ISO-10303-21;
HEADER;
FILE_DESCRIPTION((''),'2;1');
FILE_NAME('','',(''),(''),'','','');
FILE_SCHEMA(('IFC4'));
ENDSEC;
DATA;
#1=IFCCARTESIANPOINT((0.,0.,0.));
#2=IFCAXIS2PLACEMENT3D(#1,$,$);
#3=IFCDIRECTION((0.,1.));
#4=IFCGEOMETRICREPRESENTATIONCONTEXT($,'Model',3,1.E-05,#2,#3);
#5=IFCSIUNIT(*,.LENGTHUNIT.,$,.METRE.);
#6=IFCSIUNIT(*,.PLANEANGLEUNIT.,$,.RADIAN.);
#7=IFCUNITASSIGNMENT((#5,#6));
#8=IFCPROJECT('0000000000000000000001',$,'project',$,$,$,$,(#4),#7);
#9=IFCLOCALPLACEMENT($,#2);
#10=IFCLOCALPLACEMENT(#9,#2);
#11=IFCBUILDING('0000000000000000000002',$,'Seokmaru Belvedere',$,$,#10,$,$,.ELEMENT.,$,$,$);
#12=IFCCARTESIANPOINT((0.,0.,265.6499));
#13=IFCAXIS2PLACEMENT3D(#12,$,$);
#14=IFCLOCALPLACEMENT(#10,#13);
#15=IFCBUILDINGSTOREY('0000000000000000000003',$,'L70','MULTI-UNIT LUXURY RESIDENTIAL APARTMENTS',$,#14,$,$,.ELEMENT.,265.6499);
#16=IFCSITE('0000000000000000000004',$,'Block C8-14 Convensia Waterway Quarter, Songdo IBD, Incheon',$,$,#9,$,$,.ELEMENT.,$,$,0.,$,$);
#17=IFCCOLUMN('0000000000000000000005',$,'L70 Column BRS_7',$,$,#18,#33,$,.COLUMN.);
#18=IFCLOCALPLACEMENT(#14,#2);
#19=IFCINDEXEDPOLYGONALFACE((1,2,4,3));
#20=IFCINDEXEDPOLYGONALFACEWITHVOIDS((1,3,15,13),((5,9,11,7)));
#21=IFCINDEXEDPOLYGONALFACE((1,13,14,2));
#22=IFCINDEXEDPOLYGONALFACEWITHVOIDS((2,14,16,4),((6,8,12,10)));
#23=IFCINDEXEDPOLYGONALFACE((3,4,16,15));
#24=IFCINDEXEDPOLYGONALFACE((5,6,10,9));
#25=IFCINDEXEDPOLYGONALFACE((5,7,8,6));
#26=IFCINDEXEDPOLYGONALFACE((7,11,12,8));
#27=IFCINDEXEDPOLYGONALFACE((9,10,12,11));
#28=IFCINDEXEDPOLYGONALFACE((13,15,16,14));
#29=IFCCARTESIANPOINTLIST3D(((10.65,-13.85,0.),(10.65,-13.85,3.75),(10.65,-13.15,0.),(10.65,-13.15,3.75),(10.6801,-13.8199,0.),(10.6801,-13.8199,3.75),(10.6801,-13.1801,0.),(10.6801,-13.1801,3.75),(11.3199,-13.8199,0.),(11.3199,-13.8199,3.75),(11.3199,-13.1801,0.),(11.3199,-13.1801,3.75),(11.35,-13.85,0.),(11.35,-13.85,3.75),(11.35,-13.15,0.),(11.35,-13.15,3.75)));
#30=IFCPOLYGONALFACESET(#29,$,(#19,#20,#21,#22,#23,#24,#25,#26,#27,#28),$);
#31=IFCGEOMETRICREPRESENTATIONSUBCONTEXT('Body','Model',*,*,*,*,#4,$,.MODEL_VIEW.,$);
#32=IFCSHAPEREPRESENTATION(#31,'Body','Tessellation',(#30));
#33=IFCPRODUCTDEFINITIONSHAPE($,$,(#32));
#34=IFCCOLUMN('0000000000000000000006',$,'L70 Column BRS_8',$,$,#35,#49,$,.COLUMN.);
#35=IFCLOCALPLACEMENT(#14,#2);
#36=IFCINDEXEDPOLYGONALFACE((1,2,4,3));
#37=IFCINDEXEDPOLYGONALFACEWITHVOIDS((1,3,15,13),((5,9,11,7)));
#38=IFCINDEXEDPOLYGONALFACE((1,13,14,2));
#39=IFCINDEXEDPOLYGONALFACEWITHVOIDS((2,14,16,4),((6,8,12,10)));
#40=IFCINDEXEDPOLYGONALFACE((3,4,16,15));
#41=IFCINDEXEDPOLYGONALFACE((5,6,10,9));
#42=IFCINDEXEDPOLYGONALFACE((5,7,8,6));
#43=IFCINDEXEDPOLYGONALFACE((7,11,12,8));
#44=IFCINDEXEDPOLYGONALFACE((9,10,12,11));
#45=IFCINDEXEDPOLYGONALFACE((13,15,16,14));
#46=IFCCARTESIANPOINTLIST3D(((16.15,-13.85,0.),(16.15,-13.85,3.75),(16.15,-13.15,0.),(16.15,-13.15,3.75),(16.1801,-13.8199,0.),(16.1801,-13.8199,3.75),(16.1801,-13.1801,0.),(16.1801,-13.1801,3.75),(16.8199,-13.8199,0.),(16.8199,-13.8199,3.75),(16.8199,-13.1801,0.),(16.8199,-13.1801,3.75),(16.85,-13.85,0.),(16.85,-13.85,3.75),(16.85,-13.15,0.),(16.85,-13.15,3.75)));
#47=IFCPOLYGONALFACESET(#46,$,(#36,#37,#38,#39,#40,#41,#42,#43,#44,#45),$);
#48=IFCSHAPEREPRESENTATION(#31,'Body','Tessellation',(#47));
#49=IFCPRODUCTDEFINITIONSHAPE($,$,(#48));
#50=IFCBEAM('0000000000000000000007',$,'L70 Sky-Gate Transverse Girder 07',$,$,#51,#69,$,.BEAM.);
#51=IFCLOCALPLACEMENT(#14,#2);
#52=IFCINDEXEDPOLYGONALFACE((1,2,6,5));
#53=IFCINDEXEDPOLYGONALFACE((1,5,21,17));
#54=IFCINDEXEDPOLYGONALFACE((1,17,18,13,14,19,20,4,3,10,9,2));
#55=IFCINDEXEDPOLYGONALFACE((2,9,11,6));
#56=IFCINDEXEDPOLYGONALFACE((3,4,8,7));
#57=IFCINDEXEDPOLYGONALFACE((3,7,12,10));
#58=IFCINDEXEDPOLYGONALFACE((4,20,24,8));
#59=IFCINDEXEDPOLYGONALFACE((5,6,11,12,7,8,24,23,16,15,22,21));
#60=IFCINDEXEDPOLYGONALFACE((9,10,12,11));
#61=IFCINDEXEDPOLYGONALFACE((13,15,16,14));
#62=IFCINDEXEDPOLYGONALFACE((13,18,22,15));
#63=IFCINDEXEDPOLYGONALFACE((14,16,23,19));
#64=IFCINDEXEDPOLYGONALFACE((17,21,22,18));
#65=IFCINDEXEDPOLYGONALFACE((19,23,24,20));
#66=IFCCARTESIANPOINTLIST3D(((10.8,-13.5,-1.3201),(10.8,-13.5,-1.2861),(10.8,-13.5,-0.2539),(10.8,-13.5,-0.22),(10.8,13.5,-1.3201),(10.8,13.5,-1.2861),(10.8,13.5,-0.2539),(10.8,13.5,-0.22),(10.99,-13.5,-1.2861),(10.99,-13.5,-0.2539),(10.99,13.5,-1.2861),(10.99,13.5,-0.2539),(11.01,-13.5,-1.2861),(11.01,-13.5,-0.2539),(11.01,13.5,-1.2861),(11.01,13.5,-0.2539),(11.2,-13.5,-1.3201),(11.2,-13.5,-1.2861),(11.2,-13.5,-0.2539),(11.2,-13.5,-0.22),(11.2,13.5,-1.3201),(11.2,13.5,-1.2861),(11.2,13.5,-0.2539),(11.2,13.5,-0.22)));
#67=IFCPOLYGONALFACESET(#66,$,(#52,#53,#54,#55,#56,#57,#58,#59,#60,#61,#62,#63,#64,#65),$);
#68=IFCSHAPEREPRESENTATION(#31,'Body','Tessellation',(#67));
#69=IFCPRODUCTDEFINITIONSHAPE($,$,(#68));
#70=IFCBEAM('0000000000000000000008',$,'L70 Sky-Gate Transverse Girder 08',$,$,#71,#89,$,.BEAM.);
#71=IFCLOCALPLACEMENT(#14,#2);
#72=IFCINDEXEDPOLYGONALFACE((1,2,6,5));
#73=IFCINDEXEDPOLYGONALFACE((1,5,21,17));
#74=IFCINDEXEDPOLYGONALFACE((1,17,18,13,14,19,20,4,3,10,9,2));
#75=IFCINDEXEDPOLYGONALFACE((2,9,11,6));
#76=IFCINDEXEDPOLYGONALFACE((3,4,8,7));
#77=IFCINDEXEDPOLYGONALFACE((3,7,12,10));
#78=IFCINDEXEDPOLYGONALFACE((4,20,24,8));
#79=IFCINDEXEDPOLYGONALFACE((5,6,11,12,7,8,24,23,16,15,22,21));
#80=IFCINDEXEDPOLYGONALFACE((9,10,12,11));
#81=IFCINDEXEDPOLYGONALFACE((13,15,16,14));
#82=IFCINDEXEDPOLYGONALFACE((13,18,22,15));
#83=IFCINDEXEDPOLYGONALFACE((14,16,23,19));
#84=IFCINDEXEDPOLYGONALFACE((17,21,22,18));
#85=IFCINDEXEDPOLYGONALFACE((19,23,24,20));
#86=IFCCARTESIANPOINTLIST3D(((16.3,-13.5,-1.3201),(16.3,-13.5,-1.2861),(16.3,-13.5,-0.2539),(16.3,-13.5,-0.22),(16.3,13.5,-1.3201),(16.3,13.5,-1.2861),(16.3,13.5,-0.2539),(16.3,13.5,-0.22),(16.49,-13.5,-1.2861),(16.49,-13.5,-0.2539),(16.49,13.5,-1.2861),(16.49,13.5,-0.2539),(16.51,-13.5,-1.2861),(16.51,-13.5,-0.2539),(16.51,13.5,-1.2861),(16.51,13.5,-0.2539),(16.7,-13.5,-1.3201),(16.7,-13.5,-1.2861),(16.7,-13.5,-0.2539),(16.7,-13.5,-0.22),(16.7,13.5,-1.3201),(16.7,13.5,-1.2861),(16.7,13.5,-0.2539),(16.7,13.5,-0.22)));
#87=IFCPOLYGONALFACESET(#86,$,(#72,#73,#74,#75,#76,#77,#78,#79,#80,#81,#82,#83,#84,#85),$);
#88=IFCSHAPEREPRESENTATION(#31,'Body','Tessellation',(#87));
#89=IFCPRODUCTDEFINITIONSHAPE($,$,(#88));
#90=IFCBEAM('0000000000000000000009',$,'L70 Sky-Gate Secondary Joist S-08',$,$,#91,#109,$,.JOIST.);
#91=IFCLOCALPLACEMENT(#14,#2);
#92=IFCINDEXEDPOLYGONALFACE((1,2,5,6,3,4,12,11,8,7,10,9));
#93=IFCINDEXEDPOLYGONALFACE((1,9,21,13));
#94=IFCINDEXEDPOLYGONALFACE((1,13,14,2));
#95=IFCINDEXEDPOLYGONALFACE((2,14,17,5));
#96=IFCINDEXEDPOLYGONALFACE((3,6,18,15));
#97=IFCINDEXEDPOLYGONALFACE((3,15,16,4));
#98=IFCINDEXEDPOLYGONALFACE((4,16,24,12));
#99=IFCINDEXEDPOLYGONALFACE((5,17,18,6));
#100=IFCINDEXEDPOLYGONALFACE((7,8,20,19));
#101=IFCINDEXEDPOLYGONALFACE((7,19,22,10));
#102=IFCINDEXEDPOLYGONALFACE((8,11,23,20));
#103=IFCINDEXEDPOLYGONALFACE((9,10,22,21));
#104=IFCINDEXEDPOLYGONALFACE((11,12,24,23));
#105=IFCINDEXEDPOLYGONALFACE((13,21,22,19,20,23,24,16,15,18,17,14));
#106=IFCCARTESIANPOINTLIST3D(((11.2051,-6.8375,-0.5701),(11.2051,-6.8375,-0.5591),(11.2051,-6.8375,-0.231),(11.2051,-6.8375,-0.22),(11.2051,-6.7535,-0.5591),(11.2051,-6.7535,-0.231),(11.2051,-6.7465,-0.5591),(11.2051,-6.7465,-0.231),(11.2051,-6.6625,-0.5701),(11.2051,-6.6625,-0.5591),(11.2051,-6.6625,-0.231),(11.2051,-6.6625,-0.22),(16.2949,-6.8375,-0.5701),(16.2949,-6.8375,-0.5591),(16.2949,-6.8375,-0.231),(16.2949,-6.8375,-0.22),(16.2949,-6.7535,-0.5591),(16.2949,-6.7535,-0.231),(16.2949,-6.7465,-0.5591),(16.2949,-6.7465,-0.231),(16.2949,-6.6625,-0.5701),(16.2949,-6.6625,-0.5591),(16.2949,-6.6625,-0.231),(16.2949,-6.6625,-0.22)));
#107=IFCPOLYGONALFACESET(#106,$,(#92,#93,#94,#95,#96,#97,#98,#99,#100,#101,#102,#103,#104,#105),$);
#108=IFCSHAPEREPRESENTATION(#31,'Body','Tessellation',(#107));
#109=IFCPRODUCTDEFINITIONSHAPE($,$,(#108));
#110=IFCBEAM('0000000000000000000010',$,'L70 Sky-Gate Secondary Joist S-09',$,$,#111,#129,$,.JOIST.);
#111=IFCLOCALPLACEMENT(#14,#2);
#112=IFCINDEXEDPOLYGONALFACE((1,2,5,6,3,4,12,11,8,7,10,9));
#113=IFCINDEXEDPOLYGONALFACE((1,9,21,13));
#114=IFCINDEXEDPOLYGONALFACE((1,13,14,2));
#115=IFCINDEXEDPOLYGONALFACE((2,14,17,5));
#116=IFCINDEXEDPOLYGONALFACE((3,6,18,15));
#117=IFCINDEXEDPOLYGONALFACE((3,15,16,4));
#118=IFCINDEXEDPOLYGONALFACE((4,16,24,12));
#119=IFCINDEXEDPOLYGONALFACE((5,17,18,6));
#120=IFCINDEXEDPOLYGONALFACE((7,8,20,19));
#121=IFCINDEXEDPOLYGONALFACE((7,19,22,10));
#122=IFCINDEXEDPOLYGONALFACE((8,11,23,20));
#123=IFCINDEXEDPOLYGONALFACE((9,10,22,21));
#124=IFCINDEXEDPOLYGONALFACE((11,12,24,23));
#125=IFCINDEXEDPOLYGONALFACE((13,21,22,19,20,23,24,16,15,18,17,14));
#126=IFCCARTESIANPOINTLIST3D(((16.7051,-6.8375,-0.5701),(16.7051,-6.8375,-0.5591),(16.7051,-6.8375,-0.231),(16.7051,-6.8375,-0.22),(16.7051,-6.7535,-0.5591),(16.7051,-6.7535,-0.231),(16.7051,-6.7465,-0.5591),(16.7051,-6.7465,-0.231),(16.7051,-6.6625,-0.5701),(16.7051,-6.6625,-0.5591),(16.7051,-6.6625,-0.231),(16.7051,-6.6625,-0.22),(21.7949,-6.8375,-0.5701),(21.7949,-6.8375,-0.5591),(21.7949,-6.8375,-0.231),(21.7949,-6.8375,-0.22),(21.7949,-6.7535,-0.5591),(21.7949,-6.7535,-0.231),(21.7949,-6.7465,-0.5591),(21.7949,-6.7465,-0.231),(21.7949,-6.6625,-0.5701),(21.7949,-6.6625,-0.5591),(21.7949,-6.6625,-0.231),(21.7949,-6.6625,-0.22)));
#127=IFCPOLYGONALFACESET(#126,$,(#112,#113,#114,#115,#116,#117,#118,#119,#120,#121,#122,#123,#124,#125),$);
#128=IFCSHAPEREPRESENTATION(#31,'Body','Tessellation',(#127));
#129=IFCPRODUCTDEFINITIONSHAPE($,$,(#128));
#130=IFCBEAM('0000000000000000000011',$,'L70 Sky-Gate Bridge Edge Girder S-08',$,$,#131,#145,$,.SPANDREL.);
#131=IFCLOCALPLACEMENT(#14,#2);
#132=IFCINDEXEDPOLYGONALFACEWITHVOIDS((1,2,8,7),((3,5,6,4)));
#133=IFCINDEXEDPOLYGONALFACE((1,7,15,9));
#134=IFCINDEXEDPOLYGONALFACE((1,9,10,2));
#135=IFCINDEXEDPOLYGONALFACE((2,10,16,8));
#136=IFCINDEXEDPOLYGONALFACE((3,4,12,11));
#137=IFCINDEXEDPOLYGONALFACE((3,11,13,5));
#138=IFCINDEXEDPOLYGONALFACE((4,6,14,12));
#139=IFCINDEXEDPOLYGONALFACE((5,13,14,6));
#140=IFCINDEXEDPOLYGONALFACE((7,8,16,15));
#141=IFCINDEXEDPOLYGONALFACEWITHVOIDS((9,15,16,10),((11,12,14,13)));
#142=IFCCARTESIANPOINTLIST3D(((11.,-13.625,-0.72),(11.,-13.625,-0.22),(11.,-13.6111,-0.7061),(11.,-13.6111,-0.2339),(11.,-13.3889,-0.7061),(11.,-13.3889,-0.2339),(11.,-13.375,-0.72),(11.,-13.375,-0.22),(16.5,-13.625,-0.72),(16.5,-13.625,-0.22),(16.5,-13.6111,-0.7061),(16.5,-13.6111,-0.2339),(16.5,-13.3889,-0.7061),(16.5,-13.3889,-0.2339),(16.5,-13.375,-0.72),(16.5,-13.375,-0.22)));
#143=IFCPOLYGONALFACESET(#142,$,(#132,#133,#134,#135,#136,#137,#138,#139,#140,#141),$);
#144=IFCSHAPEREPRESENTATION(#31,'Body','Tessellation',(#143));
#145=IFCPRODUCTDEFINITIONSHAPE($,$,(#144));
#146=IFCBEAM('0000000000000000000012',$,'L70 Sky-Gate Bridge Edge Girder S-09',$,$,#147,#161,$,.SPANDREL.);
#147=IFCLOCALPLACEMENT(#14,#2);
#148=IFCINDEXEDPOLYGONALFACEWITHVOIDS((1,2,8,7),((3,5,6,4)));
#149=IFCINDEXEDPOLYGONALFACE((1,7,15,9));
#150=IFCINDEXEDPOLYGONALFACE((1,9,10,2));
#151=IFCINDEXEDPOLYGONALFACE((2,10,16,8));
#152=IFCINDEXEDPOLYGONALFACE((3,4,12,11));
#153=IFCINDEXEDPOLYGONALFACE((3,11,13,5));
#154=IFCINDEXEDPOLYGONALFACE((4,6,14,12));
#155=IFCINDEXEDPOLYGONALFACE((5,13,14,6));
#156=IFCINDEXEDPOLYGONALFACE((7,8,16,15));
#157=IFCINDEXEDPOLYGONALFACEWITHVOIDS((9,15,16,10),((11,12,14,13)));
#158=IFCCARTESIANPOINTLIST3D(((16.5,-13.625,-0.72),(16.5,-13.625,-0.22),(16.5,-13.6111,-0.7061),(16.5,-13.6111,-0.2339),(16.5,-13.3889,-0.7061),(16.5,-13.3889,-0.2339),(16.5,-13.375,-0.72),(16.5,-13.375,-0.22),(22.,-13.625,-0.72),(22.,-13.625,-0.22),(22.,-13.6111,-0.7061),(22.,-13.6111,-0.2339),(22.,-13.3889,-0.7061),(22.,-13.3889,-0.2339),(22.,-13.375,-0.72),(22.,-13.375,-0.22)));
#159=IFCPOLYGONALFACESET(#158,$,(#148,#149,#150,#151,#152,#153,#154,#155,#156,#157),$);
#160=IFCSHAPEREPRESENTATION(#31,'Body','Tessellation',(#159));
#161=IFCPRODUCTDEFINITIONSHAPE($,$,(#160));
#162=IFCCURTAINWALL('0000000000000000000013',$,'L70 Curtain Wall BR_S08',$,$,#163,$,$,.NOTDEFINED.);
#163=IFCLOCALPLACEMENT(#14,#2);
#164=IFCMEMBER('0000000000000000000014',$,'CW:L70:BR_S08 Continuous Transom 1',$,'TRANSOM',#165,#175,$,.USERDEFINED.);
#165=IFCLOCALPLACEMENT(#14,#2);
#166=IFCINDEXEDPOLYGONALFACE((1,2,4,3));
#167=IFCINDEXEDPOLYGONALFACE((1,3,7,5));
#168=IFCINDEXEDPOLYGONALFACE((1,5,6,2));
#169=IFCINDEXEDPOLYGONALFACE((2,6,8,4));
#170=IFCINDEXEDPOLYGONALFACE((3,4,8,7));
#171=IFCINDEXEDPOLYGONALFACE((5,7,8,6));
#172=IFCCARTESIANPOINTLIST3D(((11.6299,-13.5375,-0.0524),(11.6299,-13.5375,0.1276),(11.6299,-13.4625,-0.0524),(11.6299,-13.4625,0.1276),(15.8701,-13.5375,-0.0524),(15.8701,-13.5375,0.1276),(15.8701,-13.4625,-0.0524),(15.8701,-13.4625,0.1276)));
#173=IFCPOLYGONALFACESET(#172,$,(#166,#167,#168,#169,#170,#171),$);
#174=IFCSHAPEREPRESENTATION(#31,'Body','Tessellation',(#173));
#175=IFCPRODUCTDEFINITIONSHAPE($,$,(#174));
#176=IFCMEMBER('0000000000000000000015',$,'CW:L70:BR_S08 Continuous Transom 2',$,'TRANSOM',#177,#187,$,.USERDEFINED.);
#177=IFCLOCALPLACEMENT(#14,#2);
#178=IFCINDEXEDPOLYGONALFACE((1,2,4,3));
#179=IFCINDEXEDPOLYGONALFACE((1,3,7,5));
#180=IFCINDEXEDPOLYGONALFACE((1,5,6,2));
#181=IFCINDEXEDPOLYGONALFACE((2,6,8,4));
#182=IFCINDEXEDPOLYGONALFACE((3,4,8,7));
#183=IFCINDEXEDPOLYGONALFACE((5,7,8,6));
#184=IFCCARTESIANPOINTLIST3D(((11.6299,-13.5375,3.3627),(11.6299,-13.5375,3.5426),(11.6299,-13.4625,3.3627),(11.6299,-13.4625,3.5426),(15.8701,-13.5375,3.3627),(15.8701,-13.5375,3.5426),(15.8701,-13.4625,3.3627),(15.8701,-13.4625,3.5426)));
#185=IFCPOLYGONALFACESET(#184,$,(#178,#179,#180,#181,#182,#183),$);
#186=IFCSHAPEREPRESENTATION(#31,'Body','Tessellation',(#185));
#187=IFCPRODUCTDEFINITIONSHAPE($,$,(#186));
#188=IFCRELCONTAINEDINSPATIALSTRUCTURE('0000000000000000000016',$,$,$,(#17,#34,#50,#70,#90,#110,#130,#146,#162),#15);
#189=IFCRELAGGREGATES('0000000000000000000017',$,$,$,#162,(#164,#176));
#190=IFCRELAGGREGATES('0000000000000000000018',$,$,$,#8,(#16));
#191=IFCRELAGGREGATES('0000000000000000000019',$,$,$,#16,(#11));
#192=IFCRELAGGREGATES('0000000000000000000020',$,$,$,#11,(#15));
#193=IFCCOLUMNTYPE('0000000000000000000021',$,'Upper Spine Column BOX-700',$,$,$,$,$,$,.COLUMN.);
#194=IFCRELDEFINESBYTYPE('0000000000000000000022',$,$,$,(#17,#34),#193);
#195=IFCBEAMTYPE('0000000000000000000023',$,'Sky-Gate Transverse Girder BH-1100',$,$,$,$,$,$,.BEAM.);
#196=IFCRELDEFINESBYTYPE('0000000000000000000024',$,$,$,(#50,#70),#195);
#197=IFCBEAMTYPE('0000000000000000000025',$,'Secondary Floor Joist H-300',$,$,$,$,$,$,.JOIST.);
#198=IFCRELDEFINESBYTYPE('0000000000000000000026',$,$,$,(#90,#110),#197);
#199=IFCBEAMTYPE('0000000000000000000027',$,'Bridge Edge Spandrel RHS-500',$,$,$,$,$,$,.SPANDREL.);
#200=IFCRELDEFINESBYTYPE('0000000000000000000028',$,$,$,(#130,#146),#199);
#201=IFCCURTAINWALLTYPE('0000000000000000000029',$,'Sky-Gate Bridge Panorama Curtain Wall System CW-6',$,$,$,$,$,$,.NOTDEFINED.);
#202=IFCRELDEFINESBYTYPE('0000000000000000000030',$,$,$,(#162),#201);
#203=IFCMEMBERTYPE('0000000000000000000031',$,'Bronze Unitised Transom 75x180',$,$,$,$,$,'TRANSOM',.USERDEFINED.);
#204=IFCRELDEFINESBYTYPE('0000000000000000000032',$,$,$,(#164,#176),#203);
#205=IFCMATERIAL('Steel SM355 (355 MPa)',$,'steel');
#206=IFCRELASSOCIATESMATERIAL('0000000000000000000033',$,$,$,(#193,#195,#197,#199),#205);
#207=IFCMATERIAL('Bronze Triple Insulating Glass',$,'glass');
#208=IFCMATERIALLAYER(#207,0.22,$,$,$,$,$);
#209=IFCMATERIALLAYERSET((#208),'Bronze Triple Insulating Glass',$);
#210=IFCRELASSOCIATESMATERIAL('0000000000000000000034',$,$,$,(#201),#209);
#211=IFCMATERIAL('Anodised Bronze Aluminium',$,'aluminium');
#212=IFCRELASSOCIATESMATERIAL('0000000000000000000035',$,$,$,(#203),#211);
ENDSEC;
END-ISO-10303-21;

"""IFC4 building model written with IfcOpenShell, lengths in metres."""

from ifc_helpers import new_model, si_unit, direction, frame, origin, origin_2d, place, context, subcontext, project, spatial, rectangle, hollow_rectangle, i_section, extrude, source, transform, mapped, material, layer, layer_set, material_profile, profile_set, type_object, type_shapes, element, aggregate, save


model = new_model("IFC4")

# Units and contexts
model_context = context("Model", 3, precision=1e-05, world=origin(), true_north=direction((0.0, 1.0)))
body_context = subcontext(model_context, "Body", "Model", "MODEL_VIEW")
ifc_project = project(units=[si_unit("LENGTHUNIT", "METRE"), si_unit("PLANEANGLEUNIT", "RADIAN")], contexts=[model_context])

# Site, building, storey
site_placement = place(None, origin())
site = spatial("IfcSite", under=ifc_project, at=site_placement, Name="Block C8-14 Convensia Waterway Quarter, Songdo IBD, Incheon", CompositionType="ELEMENT", RefElevation=0.0)
building_placement = place(site_placement, origin())
building = spatial("IfcBuilding", under=site, at=building_placement, Name="Seokmaru Belvedere", CompositionType="ELEMENT")
storey_placement = place(building_placement, frame((0.0, 0.0, 265.6499)))
storey = spatial("IfcBuildingStorey", under=building, at=storey_placement, Name="L70", Description="MULTI-UNIT LUXURY RESIDENTIAL APARTMENTS", CompositionType="ELEMENT", Elevation=265.6499)

# Columns
ifc_material_1 = material(Name="Steel SM355 (355 MPa)", Category="steel")
ifc_material_profile_1 = material_profile(ifc_material_1, hollow_rectangle(XDim=0.7, YDim=0.7, WallThickness=0.03, at=origin_2d()), Name="BOX-700x700x30")
ifc_profile_set_1 = profile_set([ifc_material_profile_1], Name="Steel SM355 (355 MPa)")
column_type = type_object("IfcColumnType", Name="Upper Spine Column BOX-700", PredefinedType="COLUMN", material=ifc_profile_set_1)
shared_shape_1 = source(origin(), body_context, "Body", "SweptSolid", [
    extrude(hollow_rectangle(XDim=0.7, YDim=0.7, WallThickness=0.03, at=origin_2d()), origin(), (0.0, 0.0, 1.0), 3.75),
])
type_shapes(column_type, [shared_shape_1])
for number, where, z_axis, x_axis, name in (
    (1, (11.0, -13.5, 0.0), (0.0, 0.0, 1.0), (1.0, 0.0, 0.0), "L70 Column BRS_7"),
    (2, (16.5, -13.5, 0.0), (0.0, 0.0, 1.0), (1.0, 0.0, 0.0), "L70 Column BRS_8"),
):
    element("IfcColumn", number, at=place(storey_placement, frame(where, z_axis=z_axis, x_axis=x_axis)), inside=storey, type_object=column_type, Name=name, PredefinedType="COLUMN", context=body_context, shape_type="MappedRepresentation", body=[
        mapped(shared_shape_1, transform((0.0, 0.0, 0.0), scale=1.0)),
    ])

# Beams
ifc_material_profile_2 = material_profile(ifc_material_1, i_section(OverallWidth=0.3999, OverallDepth=1.1001, WebThickness=0.02, FlangeThickness=0.0339, at=origin_2d()), Name="BH-1100x400x20x34")
ifc_profile_set_2 = profile_set([ifc_material_profile_2], Name="Steel SM355 (355 MPa)")
beam_type_1 = type_object("IfcBeamType", Name="Sky-Gate Transverse Girder BH-1100", PredefinedType="BEAM", material=ifc_profile_set_2)
shared_shape_2 = source(origin(), body_context, "Body", "SweptSolid", [
    extrude(i_section(OverallWidth=0.3999, OverallDepth=1.1001, WebThickness=0.02, FlangeThickness=0.0339, at=origin_2d()), origin(), (0.0, 0.0, 1.0), 27.0),
])
type_shapes(beam_type_1, [shared_shape_2])
for number, where, z_axis, x_axis, name in (
    (3, (11.0, -13.5, -0.77), (0.0, 1.0, 0.0), (-1.0, 0.0, 0.0), "L70 Sky-Gate Transverse Girder 07"),
    (4, (16.5, -13.5, -0.77), (0.0, 1.0, 0.0), (-1.0, 0.0, 0.0), "L70 Sky-Gate Transverse Girder 08"),
):
    element("IfcBeam", number, at=place(storey_placement, frame(where, z_axis=z_axis, x_axis=x_axis)), inside=storey, type_object=beam_type_1, Name=name, PredefinedType="BEAM", context=body_context, shape_type="MappedRepresentation", body=[
        mapped(shared_shape_2, transform((0.0, 0.0, 0.0), scale=1.0)),
    ])
ifc_material_profile_3 = material_profile(ifc_material_1, i_section(OverallWidth=0.175, OverallDepth=0.3501, WebThickness=0.0071, FlangeThickness=0.011, at=origin_2d()), Name="H-350x175x7x11")
ifc_profile_set_3 = profile_set([ifc_material_profile_3], Name="Steel SM355 (355 MPa)")
beam_type_2 = type_object("IfcBeamType", Name="Secondary Floor Joist H-300", PredefinedType="JOIST", material=ifc_profile_set_3)
shared_shape_3 = source(origin(), body_context, "Body", "SweptSolid", [
    extrude(i_section(OverallWidth=0.175, OverallDepth=0.3501, WebThickness=0.0071, FlangeThickness=0.011, at=origin_2d()), origin(), (0.0, 0.0, 1.0), 5.0898),
])
type_shapes(beam_type_2, [shared_shape_3])
for number, where, z_axis, x_axis, name in (
    (5, (11.2051, -6.75, -0.395), (1.0, 0.0, 0.0), (0.0, 1.0, 0.0), "L70 Sky-Gate Secondary Joist S-08"),
    (6, (16.7051, -6.75, -0.395), (1.0, 0.0, 0.0), (0.0, 1.0, 0.0), "L70 Sky-Gate Secondary Joist S-09"),
):
    element("IfcBeam", number, at=place(storey_placement, frame(where, z_axis=z_axis, x_axis=x_axis)), inside=storey, type_object=beam_type_2, Name=name, PredefinedType="JOIST", context=body_context, shape_type="MappedRepresentation", body=[
        mapped(shared_shape_3, transform((0.0, 0.0, 0.0), scale=1.0)),
    ])
ifc_material_profile_4 = material_profile(ifc_material_1, hollow_rectangle(XDim=0.25, YDim=0.5, WallThickness=0.0139, at=origin_2d()), Name="RHS-500x250x14")
ifc_profile_set_4 = profile_set([ifc_material_profile_4], Name="Steel SM355 (355 MPa)")
beam_type_3 = type_object("IfcBeamType", Name="Bridge Edge Spandrel RHS-500", PredefinedType="SPANDREL", material=ifc_profile_set_4)
shared_shape_4 = source(origin(), body_context, "Body", "SweptSolid", [
    extrude(hollow_rectangle(XDim=0.25, YDim=0.5, WallThickness=0.0139, at=origin_2d()), origin(), (0.0, 0.0, 1.0), 5.5),
])
type_shapes(beam_type_3, [shared_shape_4])
for number, where, z_axis, x_axis, name in (
    (7, (11.0, -13.5, -0.47), (1.0, 0.0, 0.0), (0.0, 1.0, 0.0), "L70 Sky-Gate Bridge Edge Girder S-08"),
    (8, (16.5, -13.5, -0.47), (1.0, 0.0, 0.0), (0.0, 1.0, 0.0), "L70 Sky-Gate Bridge Edge Girder S-09"),
):
    element("IfcBeam", number, at=place(storey_placement, frame(where, z_axis=z_axis, x_axis=x_axis)), inside=storey, type_object=beam_type_3, Name=name, PredefinedType="SPANDREL", context=body_context, shape_type="MappedRepresentation", body=[
        mapped(shared_shape_4, transform((0.0, 0.0, 0.0), scale=1.0)),
    ])

# Curtain wall, members
ifc_material_2 = material(Name="Bronze Triple Insulating Glass", Category="glass")
ifc_layer_1 = layer(ifc_material_2, 0.22)
ifc_layer_set_1 = layer_set([ifc_layer_1], Name="Bronze Triple Insulating Glass")
curtain_wall_type = type_object("IfcCurtainWallType", Name="Sky-Gate Bridge Panorama Curtain Wall System CW-6", PredefinedType="NOTDEFINED", material=ifc_layer_set_1)
curtain_wall_1_placement = place(storey_placement, origin())
curtain_wall_1 = element("IfcCurtainWall", 9, at=curtain_wall_1_placement, inside=storey, type_object=curtain_wall_type, Name="L70 Curtain Wall BR_S08", PredefinedType="NOTDEFINED")
ifc_material_3 = material(Name="Anodised Bronze Aluminium", Category="aluminium")
ifc_material_profile_5 = material_profile(ifc_material_3, rectangle(XDim=0.075, YDim=0.1799, at=origin_2d()), Name="CW-T-75x180")
ifc_profile_set_5 = profile_set([ifc_material_profile_5], Name="Anodised Bronze Aluminium")
member_type_1 = type_object("IfcMemberType", Name="Bronze Unitised Transom 75x180", ElementType="TRANSOM", PredefinedType="USERDEFINED", material=ifc_profile_set_5)
shared_shape_5 = source(origin(), body_context, "Body", "SweptSolid", [
    extrude(rectangle(XDim=0.075, YDim=0.1799, at=origin_2d()), origin(), (0.0, 0.0, 1.0), 4.2402),
])
type_shapes(member_type_1, [shared_shape_5])
member_1_placement = place(storey_placement, frame((11.6299, -13.5, 0.0376), z_axis=(1.0, 0.0, 0.0), x_axis=(0.0, 1.0, 0.0)))
member_1 = element("IfcMember", 10, at=member_1_placement, type_object=member_type_1, Name="CW:L70:BR_S08 Continuous Transom 1", ObjectType="TRANSOM", PredefinedType="USERDEFINED", context=body_context, shape_type="MappedRepresentation", body=[
    mapped(shared_shape_5, transform((0.0, 0.0, 0.0), scale=1.0)),
])
member_2_placement = place(storey_placement, frame((11.6299, -13.5, 3.4526), z_axis=(1.0, 0.0, 0.0), x_axis=(0.0, 1.0, 0.0)))
member_2 = element("IfcMember", 11, at=member_2_placement, type_object=member_type_1, Name="CW:L70:BR_S08 Continuous Transom 2", ObjectType="TRANSOM", PredefinedType="USERDEFINED", context=body_context, shape_type="MappedRepresentation", body=[
    mapped(shared_shape_5, transform((0.0, 0.0, 0.0), scale=1.0)),
])

aggregate(curtain_wall_1, [member_1, member_2])

save(model, "model.ifc")
